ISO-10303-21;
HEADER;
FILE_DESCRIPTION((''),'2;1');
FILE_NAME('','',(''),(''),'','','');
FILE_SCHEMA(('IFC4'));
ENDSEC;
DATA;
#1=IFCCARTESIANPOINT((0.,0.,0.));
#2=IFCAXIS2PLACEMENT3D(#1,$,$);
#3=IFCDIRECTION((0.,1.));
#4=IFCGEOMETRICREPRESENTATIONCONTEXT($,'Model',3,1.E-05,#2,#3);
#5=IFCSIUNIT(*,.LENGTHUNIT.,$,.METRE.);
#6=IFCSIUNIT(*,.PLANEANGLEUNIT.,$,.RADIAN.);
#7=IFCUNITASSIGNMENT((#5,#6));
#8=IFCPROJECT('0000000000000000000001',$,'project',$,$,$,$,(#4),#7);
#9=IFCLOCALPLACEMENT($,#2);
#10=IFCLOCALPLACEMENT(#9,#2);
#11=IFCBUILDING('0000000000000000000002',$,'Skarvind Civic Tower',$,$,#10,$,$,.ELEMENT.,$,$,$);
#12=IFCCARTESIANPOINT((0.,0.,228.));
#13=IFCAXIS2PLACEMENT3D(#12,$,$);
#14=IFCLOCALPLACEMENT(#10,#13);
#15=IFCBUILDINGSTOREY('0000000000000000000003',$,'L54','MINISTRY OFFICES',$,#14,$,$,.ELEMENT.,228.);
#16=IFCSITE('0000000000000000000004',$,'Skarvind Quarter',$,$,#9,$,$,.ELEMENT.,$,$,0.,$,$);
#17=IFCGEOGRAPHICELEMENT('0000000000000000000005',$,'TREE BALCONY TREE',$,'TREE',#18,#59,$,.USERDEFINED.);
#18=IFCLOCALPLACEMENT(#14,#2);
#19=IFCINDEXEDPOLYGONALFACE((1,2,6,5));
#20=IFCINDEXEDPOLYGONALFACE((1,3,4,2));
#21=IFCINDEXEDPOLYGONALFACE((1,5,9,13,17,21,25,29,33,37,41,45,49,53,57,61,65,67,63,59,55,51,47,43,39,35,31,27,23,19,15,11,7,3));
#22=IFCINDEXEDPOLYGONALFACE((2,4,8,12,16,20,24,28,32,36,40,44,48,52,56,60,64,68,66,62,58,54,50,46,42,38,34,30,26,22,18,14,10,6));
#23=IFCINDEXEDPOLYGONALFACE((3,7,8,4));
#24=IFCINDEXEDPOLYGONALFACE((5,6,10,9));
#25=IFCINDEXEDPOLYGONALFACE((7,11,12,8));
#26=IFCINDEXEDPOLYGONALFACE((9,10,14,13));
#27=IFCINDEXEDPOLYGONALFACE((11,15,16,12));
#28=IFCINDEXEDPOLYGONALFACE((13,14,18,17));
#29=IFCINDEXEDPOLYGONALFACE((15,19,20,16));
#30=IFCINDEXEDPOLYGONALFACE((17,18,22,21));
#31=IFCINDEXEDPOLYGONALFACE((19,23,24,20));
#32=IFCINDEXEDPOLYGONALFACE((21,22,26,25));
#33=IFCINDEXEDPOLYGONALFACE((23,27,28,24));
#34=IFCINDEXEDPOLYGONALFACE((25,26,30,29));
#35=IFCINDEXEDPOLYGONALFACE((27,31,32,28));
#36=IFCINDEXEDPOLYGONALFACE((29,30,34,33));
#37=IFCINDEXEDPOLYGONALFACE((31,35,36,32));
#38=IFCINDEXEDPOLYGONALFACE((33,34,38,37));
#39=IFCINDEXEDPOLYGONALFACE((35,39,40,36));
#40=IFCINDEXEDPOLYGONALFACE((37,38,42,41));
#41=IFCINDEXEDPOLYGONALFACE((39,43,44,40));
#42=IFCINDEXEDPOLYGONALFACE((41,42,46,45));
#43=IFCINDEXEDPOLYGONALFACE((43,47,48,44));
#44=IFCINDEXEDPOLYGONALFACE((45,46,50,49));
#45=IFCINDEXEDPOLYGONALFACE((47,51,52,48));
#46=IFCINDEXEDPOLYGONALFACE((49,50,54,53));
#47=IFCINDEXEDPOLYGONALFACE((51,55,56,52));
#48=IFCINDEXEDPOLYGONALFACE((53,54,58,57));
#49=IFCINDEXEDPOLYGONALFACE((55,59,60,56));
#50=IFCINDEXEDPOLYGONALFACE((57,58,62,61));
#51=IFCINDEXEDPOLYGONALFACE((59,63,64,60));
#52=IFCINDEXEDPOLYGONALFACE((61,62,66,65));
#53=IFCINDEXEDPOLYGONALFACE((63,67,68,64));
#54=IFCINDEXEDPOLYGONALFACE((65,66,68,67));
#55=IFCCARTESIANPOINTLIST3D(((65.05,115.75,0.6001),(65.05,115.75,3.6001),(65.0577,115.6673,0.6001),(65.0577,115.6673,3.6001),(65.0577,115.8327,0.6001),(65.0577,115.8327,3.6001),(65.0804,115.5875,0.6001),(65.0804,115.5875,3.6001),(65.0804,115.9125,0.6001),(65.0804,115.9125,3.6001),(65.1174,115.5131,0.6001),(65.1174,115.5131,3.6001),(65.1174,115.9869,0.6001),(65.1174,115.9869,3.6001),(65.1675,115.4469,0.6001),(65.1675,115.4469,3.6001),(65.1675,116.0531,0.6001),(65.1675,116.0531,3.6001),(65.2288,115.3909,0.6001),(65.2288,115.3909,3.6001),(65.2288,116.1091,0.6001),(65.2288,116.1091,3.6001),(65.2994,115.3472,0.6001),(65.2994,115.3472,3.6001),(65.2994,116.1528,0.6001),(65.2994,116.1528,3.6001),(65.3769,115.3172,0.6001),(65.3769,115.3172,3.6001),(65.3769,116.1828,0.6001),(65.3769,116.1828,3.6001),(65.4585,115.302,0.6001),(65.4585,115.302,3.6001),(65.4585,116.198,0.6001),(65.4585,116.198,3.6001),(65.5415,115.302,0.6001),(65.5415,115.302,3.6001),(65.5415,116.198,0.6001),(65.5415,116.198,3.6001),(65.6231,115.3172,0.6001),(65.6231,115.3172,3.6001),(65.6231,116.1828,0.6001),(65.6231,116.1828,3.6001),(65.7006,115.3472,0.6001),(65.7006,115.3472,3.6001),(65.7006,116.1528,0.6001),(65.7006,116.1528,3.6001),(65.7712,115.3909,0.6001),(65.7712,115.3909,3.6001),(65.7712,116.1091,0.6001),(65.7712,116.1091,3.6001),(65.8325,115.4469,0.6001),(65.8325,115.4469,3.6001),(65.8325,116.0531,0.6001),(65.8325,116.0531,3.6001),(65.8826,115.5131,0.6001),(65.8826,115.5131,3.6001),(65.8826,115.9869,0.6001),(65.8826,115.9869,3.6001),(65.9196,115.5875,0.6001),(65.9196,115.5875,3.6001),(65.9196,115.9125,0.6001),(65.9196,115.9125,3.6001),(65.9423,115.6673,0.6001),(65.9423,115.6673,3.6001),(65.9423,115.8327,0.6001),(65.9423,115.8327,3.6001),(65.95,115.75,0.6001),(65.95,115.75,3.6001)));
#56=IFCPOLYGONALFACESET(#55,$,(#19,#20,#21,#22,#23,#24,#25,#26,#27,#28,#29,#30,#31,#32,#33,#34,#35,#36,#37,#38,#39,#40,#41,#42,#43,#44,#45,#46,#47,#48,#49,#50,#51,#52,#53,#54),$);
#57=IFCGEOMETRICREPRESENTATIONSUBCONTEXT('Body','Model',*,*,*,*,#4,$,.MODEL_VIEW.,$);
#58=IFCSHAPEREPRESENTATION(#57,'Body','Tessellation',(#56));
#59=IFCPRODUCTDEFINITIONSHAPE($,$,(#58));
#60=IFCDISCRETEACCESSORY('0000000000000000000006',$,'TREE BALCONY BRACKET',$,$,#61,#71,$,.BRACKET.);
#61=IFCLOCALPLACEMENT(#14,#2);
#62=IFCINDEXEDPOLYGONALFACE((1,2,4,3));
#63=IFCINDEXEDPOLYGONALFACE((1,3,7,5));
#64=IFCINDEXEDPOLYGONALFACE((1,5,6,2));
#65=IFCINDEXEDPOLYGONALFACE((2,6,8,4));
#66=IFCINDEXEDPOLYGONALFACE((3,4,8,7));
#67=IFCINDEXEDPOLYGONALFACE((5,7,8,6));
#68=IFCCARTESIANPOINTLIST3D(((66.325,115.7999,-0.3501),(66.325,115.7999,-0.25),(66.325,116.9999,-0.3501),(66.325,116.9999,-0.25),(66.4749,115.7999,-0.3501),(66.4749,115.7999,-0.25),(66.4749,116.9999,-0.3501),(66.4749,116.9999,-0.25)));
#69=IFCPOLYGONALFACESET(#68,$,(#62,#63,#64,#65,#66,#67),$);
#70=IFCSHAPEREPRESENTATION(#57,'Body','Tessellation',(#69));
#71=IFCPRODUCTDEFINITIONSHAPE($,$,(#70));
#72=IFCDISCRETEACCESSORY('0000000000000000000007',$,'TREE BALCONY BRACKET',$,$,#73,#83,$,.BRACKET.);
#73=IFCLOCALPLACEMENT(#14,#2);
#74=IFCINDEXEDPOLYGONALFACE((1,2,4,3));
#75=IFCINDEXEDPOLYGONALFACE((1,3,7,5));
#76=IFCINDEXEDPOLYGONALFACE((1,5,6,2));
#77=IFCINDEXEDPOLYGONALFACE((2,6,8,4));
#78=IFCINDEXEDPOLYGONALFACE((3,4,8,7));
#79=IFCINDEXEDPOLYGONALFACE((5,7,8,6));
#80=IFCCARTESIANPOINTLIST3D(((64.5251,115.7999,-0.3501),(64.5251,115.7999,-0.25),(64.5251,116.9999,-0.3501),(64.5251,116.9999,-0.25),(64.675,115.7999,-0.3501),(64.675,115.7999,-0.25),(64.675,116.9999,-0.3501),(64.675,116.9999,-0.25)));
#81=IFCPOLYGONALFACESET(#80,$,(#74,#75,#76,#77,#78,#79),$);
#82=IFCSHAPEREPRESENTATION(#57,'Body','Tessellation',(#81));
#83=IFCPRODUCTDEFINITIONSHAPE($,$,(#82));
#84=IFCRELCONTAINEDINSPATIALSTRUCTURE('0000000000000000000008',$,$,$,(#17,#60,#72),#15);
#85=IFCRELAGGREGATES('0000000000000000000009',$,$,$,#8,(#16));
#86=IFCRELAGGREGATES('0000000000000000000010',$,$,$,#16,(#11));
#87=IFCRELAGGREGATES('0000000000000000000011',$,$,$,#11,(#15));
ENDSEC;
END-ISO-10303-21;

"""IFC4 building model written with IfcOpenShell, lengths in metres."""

from ifc_helpers import new_model, si_unit, direction, frame, origin, origin_2d, place, context, subcontext, project, spatial, rectangle, circle, extrude, element, save


model = new_model("IFC4")

# Units and contexts
model_context = context("Model", 3, precision=1e-05, world=origin(), true_north=direction((0.0, 1.0)))
body_context = subcontext(model_context, "Body", "Model", "MODEL_VIEW")
ifc_project = project(units=[si_unit("LENGTHUNIT", "METRE"), si_unit("PLANEANGLEUNIT", "RADIAN")], contexts=[model_context])

# Site, building, storey
site_placement = place(None, origin())
site = spatial("IfcSite", under=ifc_project, at=site_placement, Name="Skarvind Quarter", CompositionType="ELEMENT", RefElevation=0.0)
building_placement = place(site_placement, origin())
building = spatial("IfcBuilding", under=site, at=building_placement, Name="Skarvind Civic Tower", CompositionType="ELEMENT")
storey_placement = place(building_placement, frame((0.0, 0.0, 228.0)))
storey = spatial("IfcBuildingStorey", under=building, at=storey_placement, Name="L54", Description="MINISTRY OFFICES", CompositionType="ELEMENT", Elevation=228.0)

# Geographic element
geographic_element_1_placement = place(storey_placement, frame((65.5, 115.75, 0.6001), z_axis=(0.0, 0.0, 1.0), x_axis=(1.0, 0.0, 0.0)))
element("IfcGeographicElement", 1, at=geographic_element_1_placement, inside=storey, Name="TREE BALCONY TREE", ObjectType="TREE", PredefinedType="USERDEFINED", context=body_context, shape_type="SweptSolid", body=[
    extrude(circle(Radius=0.45, at=origin_2d()), origin(), (0.0, 0.0, 1.0), 3.0),
])

# Discrete accessories
for number, where, z_axis, x_axis, name in (
    (2, (66.3999, 116.3999, -0.3501), (0.0, 0.0, 1.0), (-1.0, 0.0, 0.0), "TREE BALCONY BRACKET"),
    (3, (64.6001, 116.3999, -0.3501), (0.0, 0.0, 1.0), (-1.0, 0.0, 0.0), "TREE BALCONY BRACKET"),
):
    element("IfcDiscreteAccessory", number, at=place(storey_placement, frame(where, z_axis=z_axis, x_axis=x_axis)), inside=storey, Name=name, PredefinedType="BRACKET", context=body_context, shape_type="SweptSolid", body=[
        extrude(rectangle(XDim=0.1499, YDim=1.2, at=origin_2d()), origin(), (0.0, 0.0, 1.0), 0.1001),
    ])

save(model, "model.ifc")
